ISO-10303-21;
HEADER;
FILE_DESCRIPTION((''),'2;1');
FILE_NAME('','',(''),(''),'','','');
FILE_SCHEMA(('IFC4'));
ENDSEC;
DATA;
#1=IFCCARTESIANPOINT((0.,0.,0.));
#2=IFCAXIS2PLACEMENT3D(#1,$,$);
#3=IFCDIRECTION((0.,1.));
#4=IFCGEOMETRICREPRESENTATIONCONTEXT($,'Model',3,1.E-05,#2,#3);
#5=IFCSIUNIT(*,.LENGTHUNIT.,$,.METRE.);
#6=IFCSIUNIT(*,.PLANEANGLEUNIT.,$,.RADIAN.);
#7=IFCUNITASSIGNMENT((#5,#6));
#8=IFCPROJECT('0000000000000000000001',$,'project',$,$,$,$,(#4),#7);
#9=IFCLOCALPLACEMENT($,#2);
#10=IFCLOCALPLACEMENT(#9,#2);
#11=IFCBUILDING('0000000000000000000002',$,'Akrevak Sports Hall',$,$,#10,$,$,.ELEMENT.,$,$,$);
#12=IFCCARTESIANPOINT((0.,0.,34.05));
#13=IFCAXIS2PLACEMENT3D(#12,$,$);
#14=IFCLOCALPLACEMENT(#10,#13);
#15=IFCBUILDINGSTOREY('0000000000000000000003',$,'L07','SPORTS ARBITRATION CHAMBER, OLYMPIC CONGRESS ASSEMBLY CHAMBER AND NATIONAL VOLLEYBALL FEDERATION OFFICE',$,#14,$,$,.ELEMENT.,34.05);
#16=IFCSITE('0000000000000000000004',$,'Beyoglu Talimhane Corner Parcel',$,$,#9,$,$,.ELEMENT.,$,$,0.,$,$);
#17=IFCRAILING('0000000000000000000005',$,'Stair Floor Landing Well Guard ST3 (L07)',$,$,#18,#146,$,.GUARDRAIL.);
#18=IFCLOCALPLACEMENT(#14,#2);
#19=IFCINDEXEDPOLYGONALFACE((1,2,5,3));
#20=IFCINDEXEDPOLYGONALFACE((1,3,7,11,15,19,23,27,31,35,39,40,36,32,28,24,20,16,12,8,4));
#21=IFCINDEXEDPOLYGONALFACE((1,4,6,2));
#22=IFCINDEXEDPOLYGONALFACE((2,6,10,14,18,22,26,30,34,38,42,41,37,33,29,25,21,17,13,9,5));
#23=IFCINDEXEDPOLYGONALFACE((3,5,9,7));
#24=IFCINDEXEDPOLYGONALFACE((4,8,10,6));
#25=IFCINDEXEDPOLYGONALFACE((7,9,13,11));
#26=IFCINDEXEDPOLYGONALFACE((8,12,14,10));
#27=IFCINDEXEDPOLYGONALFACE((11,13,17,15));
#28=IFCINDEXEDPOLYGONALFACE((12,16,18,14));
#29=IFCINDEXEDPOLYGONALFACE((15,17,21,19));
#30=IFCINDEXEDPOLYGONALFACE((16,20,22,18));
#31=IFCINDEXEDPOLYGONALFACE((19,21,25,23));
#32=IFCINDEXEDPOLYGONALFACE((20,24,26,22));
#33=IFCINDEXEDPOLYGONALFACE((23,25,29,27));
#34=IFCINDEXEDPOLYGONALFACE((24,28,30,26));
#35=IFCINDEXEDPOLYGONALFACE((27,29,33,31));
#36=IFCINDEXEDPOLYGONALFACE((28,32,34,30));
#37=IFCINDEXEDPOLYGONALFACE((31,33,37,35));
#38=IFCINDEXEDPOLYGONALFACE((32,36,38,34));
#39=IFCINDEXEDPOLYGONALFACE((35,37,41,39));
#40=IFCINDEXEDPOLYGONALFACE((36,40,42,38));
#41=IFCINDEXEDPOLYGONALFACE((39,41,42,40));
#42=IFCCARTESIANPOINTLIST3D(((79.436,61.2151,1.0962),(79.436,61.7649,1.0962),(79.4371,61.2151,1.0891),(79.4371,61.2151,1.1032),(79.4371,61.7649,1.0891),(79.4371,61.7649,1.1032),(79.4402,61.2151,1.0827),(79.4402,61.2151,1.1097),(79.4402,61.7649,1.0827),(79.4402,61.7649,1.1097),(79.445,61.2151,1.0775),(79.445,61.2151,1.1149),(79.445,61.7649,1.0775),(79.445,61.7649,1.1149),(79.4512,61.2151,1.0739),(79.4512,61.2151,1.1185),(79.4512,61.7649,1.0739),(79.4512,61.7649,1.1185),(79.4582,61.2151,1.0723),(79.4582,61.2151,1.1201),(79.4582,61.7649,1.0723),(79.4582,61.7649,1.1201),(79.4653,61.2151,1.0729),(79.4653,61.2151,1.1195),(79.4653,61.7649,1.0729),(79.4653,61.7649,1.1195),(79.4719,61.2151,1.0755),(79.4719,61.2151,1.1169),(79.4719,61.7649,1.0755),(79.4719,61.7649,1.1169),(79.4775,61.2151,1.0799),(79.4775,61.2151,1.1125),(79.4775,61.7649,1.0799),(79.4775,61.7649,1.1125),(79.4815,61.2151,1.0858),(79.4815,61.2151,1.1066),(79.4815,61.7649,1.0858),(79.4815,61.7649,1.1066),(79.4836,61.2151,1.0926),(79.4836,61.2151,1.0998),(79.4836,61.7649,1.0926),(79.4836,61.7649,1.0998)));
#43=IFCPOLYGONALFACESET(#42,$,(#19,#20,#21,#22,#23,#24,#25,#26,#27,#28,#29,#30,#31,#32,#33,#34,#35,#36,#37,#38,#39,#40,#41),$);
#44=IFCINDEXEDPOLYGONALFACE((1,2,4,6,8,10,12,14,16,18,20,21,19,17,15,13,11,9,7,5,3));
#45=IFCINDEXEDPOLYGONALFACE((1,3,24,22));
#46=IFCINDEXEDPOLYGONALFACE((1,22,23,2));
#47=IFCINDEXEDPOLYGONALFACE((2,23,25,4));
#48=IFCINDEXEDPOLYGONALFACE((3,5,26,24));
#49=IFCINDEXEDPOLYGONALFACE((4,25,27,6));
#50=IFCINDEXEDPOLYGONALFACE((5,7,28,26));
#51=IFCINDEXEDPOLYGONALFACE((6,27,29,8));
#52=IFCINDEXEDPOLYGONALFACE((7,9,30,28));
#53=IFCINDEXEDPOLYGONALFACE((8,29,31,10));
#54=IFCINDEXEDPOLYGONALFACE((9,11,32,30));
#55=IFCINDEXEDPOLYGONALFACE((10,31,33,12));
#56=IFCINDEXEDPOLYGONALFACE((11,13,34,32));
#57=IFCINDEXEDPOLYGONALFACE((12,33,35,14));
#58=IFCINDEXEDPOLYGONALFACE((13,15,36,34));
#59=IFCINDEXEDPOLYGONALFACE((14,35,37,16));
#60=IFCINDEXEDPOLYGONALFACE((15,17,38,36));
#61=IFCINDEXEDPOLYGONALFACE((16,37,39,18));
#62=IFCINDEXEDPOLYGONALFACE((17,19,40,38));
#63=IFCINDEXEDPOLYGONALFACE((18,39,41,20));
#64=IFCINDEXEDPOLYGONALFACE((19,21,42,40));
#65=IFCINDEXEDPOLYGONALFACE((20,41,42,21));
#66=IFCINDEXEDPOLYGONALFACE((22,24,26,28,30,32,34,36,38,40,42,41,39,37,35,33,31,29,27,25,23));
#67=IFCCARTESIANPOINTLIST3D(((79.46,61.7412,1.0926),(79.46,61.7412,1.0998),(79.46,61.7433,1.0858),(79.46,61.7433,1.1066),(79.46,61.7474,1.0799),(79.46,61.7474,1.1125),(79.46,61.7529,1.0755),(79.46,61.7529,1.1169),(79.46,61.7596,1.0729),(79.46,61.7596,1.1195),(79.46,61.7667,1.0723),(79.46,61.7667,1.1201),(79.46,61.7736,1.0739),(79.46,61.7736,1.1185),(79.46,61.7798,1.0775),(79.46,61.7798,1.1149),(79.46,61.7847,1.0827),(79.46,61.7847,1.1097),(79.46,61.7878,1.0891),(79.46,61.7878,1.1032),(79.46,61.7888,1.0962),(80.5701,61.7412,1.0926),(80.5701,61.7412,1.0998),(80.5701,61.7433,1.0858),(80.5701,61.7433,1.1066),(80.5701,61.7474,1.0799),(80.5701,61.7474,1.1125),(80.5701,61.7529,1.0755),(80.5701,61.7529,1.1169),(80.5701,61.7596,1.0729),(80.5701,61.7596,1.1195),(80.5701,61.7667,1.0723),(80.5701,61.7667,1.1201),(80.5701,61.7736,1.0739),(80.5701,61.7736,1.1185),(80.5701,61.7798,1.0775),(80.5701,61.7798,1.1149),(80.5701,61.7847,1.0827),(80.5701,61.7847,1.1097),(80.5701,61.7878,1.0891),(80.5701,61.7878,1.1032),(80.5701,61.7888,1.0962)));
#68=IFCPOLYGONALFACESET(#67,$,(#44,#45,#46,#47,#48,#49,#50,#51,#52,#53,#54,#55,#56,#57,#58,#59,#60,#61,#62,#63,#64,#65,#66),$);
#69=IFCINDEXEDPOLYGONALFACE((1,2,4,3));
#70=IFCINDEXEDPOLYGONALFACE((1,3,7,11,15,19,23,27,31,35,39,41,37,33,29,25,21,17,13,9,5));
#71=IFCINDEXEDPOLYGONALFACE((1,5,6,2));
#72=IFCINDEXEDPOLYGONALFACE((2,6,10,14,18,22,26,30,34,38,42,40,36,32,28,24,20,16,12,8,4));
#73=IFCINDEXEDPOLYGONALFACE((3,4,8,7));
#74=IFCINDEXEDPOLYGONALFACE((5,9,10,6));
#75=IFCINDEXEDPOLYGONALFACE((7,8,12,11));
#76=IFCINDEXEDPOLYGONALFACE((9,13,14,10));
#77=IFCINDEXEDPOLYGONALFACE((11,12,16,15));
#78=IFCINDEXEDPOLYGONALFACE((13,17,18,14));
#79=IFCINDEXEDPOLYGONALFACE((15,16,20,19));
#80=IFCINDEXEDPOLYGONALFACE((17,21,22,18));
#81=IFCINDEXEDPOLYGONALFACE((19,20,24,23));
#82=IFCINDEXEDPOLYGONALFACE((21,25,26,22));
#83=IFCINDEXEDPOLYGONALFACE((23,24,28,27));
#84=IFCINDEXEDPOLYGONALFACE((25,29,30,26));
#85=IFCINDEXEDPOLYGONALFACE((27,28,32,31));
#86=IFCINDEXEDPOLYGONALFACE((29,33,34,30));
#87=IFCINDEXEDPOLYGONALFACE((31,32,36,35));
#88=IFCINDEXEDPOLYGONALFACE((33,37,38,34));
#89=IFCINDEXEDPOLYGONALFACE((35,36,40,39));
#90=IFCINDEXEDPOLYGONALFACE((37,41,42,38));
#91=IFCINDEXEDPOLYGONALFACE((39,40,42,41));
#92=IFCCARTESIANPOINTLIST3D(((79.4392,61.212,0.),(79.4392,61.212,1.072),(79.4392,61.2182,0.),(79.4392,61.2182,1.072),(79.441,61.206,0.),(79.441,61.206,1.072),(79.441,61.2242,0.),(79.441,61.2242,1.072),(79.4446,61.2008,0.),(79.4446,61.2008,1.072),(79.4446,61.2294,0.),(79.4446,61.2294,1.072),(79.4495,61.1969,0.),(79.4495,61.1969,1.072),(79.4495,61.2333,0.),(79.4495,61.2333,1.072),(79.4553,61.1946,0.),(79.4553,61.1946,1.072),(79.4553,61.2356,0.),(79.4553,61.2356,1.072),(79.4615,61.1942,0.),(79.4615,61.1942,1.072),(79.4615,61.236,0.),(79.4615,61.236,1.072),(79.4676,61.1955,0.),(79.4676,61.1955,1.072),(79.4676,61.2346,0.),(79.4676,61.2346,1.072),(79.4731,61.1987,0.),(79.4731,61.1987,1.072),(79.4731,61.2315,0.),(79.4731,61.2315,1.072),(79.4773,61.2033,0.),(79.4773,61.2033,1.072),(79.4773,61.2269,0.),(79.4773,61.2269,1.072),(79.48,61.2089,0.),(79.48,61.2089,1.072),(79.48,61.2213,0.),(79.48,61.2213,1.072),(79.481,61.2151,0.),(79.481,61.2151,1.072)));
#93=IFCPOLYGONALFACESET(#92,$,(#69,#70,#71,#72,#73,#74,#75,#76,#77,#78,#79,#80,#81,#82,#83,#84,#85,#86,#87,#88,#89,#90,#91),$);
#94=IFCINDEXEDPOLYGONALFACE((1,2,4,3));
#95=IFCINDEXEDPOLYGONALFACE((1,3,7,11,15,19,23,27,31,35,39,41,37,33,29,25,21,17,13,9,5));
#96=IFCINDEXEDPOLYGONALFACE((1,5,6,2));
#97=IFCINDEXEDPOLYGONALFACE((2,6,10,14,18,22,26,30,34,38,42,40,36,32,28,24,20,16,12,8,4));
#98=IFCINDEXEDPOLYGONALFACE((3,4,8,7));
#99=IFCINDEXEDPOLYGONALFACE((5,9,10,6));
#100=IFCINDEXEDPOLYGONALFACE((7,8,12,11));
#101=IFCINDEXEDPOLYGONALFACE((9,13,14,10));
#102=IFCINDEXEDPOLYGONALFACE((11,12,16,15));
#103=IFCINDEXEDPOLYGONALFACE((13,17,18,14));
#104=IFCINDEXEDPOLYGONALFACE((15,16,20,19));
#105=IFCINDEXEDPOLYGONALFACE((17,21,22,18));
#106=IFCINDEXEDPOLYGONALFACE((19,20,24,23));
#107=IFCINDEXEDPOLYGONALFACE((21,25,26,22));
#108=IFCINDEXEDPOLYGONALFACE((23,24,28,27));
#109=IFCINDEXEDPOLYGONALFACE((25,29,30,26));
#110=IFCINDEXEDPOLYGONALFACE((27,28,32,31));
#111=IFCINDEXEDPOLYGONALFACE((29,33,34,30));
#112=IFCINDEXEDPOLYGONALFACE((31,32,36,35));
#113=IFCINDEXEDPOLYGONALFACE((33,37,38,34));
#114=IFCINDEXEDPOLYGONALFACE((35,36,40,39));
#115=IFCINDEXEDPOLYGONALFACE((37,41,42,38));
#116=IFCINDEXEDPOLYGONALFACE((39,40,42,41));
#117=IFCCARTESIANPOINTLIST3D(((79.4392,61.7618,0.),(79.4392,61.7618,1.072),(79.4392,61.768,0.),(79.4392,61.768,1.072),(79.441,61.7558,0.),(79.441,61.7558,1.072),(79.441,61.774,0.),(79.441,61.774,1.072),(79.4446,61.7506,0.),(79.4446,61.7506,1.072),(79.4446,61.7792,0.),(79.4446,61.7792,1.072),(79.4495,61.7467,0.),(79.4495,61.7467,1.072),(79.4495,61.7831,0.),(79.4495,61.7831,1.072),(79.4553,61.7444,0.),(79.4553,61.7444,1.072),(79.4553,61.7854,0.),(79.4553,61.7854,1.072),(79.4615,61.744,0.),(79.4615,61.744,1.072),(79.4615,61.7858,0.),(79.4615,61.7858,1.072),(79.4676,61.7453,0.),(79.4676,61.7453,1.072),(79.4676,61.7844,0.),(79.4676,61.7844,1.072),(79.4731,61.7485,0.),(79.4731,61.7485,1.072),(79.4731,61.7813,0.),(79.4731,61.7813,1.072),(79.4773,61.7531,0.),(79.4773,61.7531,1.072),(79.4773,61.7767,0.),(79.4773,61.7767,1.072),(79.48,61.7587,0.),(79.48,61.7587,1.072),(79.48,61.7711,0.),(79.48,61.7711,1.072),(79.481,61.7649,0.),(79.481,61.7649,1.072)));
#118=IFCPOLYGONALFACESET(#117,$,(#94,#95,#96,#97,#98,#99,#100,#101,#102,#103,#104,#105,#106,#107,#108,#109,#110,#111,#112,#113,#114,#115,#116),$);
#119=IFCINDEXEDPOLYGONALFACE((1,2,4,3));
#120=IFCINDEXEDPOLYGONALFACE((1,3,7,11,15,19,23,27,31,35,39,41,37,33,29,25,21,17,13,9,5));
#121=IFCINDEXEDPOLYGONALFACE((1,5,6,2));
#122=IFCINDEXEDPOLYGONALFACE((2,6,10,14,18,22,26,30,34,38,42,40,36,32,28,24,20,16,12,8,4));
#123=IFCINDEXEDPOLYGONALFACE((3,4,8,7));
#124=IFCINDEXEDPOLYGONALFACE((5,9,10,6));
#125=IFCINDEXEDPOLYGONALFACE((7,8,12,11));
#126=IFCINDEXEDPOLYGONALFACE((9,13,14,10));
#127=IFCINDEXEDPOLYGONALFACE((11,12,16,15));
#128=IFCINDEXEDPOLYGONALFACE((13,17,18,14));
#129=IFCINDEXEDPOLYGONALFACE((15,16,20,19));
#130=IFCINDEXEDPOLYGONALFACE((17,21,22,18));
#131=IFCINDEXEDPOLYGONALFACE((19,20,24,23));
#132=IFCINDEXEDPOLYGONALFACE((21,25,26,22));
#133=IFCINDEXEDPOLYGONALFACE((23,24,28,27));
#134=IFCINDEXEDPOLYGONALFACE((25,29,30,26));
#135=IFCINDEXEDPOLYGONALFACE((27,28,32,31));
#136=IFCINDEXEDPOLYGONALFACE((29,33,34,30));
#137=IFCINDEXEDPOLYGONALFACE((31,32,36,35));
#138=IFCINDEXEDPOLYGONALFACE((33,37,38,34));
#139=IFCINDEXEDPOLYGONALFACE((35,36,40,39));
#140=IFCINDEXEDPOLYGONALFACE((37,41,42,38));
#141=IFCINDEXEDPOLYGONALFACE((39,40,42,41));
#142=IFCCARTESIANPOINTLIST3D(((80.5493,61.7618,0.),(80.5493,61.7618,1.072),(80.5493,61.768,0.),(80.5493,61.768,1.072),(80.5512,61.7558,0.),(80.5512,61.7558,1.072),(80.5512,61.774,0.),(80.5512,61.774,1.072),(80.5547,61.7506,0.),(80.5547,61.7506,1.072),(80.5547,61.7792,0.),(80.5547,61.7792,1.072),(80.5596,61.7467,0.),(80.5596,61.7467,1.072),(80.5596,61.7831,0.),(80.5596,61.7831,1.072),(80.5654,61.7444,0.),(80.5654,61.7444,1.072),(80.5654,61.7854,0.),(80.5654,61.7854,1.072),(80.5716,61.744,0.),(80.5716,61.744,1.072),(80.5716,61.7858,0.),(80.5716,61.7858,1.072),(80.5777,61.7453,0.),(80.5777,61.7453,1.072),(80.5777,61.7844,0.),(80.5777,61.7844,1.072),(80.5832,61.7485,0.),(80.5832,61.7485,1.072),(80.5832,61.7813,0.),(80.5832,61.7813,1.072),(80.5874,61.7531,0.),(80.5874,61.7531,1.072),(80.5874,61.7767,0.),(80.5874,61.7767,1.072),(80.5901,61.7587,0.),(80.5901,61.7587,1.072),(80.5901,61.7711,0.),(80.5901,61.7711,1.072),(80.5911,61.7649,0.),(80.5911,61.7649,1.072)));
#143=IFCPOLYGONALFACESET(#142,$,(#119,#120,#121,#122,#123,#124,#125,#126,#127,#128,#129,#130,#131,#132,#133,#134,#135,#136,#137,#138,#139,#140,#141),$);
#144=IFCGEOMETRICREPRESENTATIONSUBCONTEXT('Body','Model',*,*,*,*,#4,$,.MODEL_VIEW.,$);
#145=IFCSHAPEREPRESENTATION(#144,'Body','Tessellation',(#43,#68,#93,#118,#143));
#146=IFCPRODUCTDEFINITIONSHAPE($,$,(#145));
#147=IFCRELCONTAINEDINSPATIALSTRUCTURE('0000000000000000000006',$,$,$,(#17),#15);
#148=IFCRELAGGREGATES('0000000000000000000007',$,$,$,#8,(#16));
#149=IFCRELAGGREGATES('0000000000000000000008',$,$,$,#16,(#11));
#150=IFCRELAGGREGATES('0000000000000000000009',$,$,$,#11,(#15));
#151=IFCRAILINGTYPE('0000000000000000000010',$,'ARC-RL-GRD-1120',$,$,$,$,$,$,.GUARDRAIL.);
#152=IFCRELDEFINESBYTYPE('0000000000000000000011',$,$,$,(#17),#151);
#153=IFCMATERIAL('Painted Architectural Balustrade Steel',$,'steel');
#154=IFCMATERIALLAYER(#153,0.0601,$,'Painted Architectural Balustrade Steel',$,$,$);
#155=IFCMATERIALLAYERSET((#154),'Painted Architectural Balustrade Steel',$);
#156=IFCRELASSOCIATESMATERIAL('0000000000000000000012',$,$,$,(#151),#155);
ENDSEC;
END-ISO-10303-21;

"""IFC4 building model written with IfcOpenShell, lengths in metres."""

from ifc_helpers import new_model, si_unit, direction, frame, origin, origin_2d, place, context, subcontext, project, spatial, circle, extrude, material, layer, layer_set, type_object, element, save


model = new_model("IFC4")

# Units and contexts
model_context = context("Model", 3, precision=1e-05, world=origin(), true_north=direction((0.0, 1.0)))
body_context = subcontext(model_context, "Body", "Model", "MODEL_VIEW")
ifc_project = project(units=[si_unit("LENGTHUNIT", "METRE"), si_unit("PLANEANGLEUNIT", "RADIAN")], contexts=[model_context])

# Site, building, storey
site_placement = place(None, origin())
site = spatial("IfcSite", under=ifc_project, at=site_placement, Name="Beyoglu Talimhane Corner Parcel", CompositionType="ELEMENT", RefElevation=0.0)
building_placement = place(site_placement, origin())
building = spatial("IfcBuilding", under=site, at=building_placement, Name="Akrevak Sports Hall", CompositionType="ELEMENT")
storey_placement = place(building_placement, frame((0.0, 0.0, 34.05)))
storey = spatial("IfcBuildingStorey", under=building, at=storey_placement, Name="L07", Description="SPORTS ARBITRATION CHAMBER, OLYMPIC CONGRESS ASSEMBLY CHAMBER AND NATIONAL VOLLEYBALL FEDERATION OFFICE", CompositionType="ELEMENT", Elevation=34.05)

# Railing
ifc_material_1 = material(Name="Painted Architectural Balustrade Steel", Category="steel")
ifc_layer_1 = layer(ifc_material_1, 0.0601, Name="Painted Architectural Balustrade Steel")
ifc_layer_set_1 = layer_set([ifc_layer_1], Name="Painted Architectural Balustrade Steel")
railing_type_1 = type_object("IfcRailingType", Name="ARC-RL-GRD-1120", PredefinedType="GUARDRAIL", material=ifc_layer_set_1)
railing_1_placement = place(storey_placement, frame((79.46, 61.2151, 0.0)))
element("IfcRailing", 1, at=railing_1_placement, inside=storey, type_object=railing_type_1, Name="Stair Floor Landing Well Guard ST3 (L07)", PredefinedType="GUARDRAIL", context=body_context, shape_type="SweptSolid", body=[
    extrude(circle(Radius=0.0239, at=origin_2d()), frame((0.0, 0.0, 1.0962), z_axis=(0.0, 1.0, 0.0), x_axis=(-1.0, 0.0, 0.0)), (0.0, 0.0, 1.0), 0.5498),
    extrude(circle(Radius=0.0239, at=origin_2d()), frame((0.0, 0.5498, 1.0962), z_axis=(1.0, 0.0, 0.0), x_axis=(0.0, 1.0, 0.0)), (0.0, 0.0, 1.0), 1.1101),
    extrude(circle(Radius=0.021, at=origin_2d()), origin(), (0.0, 0.0, 1.0), 1.072),
    extrude(circle(Radius=0.021, at=origin_2d()), frame((0.0, 0.5498, 0.0)), (0.0, 0.0, 1.0), 1.072),
    extrude(circle(Radius=0.021, at=origin_2d()), frame((1.1101, 0.5498, 0.0)), (0.0, 0.0, 1.0), 1.072),
])

save(model, "model.ifc")
